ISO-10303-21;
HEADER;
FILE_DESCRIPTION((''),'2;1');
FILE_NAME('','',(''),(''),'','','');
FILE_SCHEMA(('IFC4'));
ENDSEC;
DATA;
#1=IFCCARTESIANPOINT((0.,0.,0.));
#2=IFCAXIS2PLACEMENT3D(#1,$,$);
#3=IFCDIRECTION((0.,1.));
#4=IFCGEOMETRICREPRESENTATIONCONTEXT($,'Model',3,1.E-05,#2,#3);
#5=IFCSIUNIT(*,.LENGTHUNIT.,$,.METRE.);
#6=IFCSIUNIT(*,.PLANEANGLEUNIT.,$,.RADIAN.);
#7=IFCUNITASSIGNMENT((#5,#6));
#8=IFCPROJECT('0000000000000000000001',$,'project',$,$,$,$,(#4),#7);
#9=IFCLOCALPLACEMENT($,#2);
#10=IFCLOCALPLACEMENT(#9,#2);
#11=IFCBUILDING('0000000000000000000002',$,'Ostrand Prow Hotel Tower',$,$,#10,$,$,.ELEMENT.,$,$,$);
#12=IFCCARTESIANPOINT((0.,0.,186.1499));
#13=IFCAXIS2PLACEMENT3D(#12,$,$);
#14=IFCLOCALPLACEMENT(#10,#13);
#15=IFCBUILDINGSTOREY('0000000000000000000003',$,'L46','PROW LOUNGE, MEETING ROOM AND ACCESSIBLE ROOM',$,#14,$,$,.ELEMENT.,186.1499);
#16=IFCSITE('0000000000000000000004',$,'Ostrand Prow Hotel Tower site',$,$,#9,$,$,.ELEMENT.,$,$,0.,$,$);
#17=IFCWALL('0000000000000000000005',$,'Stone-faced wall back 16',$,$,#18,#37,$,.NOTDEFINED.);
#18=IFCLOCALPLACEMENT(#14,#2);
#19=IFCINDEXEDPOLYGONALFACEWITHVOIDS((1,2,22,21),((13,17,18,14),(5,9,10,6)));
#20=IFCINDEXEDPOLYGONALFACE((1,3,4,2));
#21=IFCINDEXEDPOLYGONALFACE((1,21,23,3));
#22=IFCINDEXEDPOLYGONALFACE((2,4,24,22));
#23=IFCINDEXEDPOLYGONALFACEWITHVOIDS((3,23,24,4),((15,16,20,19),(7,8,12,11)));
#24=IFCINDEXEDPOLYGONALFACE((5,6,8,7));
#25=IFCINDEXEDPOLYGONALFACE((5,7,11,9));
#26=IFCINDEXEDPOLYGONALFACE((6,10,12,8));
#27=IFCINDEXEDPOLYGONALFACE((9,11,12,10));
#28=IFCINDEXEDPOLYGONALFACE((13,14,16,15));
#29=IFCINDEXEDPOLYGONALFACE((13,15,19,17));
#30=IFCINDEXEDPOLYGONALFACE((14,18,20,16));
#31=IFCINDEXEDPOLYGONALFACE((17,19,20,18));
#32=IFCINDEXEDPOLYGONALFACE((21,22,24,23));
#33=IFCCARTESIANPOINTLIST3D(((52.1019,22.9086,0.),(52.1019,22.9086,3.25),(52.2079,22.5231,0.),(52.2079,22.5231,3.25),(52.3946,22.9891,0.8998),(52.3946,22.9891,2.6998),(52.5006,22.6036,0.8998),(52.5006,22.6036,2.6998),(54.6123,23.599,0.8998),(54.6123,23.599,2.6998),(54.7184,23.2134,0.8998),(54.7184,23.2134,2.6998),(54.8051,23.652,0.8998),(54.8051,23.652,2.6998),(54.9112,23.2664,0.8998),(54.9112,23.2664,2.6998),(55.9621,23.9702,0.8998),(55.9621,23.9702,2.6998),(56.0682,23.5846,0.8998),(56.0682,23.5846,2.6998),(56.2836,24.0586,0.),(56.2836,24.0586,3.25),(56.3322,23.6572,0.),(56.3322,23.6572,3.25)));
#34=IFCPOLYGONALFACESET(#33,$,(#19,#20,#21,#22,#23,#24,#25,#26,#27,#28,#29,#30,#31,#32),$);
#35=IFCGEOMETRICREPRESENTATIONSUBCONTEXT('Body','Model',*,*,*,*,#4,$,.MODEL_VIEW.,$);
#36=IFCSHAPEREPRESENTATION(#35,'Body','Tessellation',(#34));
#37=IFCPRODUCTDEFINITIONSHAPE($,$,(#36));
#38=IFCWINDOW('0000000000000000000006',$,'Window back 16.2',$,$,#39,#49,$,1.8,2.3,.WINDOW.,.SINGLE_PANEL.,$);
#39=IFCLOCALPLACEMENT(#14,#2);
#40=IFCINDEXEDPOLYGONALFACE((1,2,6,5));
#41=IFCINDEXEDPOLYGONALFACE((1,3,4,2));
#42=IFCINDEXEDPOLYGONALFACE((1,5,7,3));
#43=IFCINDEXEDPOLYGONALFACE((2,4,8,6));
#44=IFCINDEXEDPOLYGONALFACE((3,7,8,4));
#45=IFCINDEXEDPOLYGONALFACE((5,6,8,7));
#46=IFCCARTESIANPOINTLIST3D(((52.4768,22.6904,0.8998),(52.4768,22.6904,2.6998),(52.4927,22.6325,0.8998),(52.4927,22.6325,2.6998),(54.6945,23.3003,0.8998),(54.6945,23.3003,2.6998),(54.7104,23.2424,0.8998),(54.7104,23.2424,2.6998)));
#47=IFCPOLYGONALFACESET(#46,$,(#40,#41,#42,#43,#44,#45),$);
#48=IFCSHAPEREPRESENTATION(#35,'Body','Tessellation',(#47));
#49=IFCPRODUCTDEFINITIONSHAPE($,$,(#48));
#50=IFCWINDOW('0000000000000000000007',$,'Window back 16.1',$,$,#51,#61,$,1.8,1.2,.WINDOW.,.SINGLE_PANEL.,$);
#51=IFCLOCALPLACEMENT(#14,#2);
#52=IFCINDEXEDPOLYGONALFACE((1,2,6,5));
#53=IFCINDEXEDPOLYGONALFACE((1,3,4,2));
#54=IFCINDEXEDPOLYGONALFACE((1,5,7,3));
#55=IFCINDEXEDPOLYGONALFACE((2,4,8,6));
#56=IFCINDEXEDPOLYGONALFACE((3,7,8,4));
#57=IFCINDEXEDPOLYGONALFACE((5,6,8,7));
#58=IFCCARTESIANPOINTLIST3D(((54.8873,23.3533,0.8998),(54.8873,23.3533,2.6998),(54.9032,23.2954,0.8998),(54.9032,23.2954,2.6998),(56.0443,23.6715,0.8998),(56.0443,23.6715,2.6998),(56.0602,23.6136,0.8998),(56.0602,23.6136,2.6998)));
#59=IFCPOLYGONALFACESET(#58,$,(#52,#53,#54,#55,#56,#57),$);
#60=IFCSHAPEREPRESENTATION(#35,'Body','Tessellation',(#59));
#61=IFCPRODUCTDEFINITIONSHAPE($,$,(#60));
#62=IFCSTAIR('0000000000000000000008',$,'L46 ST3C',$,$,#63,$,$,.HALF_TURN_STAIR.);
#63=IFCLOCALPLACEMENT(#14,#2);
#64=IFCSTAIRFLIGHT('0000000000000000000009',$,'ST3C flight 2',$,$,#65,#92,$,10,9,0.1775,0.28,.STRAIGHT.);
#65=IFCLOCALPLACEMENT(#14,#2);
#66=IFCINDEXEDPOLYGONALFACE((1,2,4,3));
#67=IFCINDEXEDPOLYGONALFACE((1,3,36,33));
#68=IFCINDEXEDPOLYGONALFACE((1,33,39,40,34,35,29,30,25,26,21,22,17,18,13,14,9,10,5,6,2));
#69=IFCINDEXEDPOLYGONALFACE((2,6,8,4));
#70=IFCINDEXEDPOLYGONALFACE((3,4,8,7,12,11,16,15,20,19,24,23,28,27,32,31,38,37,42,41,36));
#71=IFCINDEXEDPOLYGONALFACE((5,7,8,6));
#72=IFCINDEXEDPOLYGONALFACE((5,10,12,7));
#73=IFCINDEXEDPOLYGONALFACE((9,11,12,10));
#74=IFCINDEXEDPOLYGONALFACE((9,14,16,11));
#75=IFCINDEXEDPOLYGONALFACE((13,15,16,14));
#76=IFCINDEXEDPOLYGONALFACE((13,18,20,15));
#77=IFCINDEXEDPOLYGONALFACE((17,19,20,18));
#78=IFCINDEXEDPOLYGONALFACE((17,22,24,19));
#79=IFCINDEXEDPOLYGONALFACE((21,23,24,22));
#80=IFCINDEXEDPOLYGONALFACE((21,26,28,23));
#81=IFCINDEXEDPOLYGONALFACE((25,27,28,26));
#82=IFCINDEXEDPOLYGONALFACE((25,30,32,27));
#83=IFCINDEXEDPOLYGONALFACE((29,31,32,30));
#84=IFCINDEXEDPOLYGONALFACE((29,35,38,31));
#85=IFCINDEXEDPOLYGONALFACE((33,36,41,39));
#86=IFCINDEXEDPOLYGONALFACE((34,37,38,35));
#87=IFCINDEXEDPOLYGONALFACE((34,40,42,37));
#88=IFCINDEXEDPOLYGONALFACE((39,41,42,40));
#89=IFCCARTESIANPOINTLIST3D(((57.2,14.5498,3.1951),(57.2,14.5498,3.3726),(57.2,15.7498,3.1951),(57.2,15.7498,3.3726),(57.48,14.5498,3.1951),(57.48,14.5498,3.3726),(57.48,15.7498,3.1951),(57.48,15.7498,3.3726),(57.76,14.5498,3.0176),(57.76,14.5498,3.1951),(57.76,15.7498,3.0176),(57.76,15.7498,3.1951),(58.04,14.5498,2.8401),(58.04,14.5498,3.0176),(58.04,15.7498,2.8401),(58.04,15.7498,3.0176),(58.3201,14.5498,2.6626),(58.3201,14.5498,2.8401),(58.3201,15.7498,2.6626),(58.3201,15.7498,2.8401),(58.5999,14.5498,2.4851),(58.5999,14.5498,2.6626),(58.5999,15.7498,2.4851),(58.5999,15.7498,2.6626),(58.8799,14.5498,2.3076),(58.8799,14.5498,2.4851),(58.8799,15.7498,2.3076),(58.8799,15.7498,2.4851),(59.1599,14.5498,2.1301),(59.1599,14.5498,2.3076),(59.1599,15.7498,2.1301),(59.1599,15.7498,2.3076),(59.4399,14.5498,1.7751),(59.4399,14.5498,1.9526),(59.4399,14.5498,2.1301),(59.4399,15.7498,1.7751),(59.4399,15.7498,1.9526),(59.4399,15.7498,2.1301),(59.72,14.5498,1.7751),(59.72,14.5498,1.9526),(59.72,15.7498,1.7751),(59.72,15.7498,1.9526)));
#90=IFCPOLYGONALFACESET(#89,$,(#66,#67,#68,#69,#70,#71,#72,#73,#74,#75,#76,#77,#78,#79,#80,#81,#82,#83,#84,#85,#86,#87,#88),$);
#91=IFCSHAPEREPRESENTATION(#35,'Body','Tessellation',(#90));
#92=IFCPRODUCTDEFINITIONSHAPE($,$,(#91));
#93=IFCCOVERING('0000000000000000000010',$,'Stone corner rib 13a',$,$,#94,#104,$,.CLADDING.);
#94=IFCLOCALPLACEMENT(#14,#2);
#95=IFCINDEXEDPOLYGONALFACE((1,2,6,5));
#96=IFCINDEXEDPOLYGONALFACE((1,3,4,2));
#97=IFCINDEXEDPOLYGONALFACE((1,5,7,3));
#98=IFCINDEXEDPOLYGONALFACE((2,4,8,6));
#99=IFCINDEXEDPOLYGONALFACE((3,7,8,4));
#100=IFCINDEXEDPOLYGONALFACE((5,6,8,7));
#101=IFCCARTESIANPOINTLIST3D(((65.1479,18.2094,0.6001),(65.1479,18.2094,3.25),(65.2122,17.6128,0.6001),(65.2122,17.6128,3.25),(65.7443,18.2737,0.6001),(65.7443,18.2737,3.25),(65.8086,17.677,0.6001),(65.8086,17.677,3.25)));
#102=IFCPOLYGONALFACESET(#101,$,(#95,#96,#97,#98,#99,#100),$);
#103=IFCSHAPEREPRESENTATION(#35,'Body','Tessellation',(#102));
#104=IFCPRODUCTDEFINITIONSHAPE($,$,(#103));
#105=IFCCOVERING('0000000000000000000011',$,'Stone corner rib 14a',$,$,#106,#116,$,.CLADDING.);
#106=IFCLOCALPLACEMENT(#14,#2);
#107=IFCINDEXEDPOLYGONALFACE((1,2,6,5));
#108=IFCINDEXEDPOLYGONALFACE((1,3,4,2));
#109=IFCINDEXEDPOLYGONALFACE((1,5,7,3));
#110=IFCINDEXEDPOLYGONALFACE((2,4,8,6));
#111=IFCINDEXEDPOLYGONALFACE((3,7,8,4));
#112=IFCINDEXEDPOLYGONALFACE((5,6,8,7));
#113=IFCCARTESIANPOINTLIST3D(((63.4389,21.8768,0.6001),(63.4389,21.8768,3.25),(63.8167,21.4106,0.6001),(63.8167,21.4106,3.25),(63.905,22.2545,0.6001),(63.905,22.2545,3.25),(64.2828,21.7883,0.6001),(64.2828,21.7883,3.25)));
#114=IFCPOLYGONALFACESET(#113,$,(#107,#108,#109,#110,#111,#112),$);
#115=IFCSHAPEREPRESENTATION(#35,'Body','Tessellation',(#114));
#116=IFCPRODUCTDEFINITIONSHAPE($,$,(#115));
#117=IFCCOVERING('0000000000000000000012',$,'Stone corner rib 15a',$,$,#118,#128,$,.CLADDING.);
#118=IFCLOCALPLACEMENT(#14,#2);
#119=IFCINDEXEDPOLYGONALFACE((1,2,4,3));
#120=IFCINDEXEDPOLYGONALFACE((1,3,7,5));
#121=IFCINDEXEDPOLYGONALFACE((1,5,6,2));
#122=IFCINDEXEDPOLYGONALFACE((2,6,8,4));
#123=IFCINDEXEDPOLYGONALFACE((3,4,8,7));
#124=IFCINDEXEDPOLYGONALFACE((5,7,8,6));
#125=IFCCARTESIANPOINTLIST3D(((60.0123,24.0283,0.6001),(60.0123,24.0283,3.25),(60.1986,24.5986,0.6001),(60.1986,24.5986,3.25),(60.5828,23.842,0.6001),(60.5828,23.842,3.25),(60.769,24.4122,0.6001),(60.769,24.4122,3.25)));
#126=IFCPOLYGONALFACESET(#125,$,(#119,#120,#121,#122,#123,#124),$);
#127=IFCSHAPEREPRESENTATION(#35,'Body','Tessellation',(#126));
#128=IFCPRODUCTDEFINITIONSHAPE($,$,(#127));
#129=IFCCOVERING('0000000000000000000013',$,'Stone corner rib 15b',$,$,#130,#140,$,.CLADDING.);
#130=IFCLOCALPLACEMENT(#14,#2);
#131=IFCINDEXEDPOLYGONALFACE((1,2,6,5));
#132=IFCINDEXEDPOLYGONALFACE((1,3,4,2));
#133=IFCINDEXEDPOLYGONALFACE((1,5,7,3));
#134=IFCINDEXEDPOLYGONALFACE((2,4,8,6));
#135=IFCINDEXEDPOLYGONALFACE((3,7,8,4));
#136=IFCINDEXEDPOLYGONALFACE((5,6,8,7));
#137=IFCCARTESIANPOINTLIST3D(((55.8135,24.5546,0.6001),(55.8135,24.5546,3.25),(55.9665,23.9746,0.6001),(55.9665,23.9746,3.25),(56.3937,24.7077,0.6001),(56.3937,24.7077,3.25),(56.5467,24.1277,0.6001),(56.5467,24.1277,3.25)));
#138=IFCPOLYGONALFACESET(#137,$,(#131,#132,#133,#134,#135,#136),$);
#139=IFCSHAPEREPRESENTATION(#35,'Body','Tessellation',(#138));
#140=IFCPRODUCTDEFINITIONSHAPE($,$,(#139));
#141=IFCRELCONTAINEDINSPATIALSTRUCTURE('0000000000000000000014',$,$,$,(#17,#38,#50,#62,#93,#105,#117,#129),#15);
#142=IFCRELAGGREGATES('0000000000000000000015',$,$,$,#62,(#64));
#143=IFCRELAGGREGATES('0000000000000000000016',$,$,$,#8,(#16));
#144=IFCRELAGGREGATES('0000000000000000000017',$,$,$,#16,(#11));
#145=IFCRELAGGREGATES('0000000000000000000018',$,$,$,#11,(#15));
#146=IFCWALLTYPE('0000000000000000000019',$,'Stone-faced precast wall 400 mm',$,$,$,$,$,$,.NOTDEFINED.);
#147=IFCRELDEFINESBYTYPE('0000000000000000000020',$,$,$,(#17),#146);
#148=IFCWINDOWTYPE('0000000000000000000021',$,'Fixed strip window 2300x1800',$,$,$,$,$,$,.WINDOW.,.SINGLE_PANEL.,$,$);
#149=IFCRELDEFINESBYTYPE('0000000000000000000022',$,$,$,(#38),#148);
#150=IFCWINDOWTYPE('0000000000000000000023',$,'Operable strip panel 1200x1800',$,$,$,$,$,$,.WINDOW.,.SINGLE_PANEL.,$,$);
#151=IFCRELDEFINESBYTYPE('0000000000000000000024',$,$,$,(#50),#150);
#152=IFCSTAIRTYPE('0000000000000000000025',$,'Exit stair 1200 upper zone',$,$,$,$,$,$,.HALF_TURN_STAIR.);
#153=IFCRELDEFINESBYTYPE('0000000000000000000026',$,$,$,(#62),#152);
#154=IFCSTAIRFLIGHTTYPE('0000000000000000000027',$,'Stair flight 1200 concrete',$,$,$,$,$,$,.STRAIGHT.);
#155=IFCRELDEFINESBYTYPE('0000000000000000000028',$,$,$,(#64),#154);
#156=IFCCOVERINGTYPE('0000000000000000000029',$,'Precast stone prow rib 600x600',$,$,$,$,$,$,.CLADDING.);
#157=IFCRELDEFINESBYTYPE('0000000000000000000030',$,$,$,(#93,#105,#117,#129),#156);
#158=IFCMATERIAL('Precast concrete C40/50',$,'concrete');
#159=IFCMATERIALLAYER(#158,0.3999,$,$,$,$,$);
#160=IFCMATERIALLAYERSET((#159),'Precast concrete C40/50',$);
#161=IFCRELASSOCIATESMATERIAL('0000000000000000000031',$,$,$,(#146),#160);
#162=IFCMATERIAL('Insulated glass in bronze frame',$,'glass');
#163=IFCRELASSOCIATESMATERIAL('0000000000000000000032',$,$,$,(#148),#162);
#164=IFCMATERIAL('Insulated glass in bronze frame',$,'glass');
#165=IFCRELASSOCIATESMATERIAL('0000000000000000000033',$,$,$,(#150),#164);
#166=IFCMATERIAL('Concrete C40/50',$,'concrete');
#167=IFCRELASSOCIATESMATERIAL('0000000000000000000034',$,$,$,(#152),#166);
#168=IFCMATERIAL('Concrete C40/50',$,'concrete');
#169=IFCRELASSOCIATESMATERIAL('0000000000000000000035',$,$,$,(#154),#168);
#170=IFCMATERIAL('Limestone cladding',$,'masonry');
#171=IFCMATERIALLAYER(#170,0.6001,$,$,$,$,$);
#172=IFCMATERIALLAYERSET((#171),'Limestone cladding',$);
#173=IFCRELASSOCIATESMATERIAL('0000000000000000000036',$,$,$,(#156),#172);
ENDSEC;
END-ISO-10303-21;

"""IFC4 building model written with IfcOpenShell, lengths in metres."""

from ifc_helpers import new_model, si_unit, direction, frame, frame_2d, origin, place, context, subcontext, project, spatial, polyline, rectangle, outline, extrude, material, layer, layer_set, type_object, element, fill, aggregate, save


model = new_model("IFC4")

# Units and contexts
model_context = context("Model", 3, precision=1e-05, world=origin(), true_north=direction((0.0, 1.0)))
body_context = subcontext(model_context, "Body", "Model", "MODEL_VIEW")
ifc_project = project(units=[si_unit("LENGTHUNIT", "METRE"), si_unit("PLANEANGLEUNIT", "RADIAN")], contexts=[model_context])

# Site, building, storey
site_placement = place(None, origin())
site = spatial("IfcSite", under=ifc_project, at=site_placement, Name="Ostrand Prow Hotel Tower site", CompositionType="ELEMENT", RefElevation=0.0)
building_placement = place(site_placement, origin())
building = spatial("IfcBuilding", under=site, at=building_placement, Name="Ostrand Prow Hotel Tower", CompositionType="ELEMENT")
storey_placement = place(building_placement, frame((0.0, 0.0, 186.1499)))
storey = spatial("IfcBuildingStorey", under=building, at=storey_placement, Name="L46", Description="PROW LOUNGE, MEETING ROOM AND ACCESSIBLE ROOM", CompositionType="ELEMENT", Elevation=186.1499)

# Shared definitions
ifc_material_1 = material(Name="Precast concrete C40/50", Category="concrete")
ifc_layer_1 = layer(ifc_material_1, 0.3999)
ifc_layer_set_1 = layer_set([ifc_layer_1], Name="Precast concrete C40/50")
wall_type_1 = type_object("IfcWallType", Name="Stone-faced precast wall 400 mm", PredefinedType="NOTDEFINED", material=ifc_layer_set_1)

# Wall, openings, windows
wall_1_placement = place(storey_placement, frame((56.3079, 23.8579, 0.0), z_axis=(0.0, 0.0, 1.0), x_axis=(-0.964206, -0.265155, 0.0)))
wall_1 = element("IfcWall", 1, at=wall_1_placement, inside=storey, type_object=wall_type_1, Name="Stone-faced wall back 16", PredefinedType="NOTDEFINED", context=body_context, shape_type="SweptSolid", body=[
    extrude(outline(polyline([(-0.0298, -0.2), (4.3071, -0.2), (4.3071, 0.2), (0.0298, 0.2), (-0.0298, -0.2)])), origin(), (0.0, 0.0, 1.0), 3.25),
])
opening_1_placement = place(wall_1_placement, frame((0.3035, 0.0, 0.8999)))
opening_1 = element("IfcOpeningElement", 2, at=opening_1_placement, cuts=wall_1, PredefinedType="OPENING", context=body_context, shape_type="SweptSolid", body=[
    extrude(rectangle(XDim=1.2, YDim=1.8, at=frame_2d((0.6001, 0.8999))), frame((0.0, 0.21, 0.0), z_axis=(0.0, -1.0, 0.0), x_axis=(1.0, 0.0, 0.0)), (0.0, 0.0, 1.0), 0.4199),
])
opening_2_placement = place(wall_1_placement, frame((1.7036, 0.0, 0.8999)))
opening_2 = element("IfcOpeningElement", 3, at=opening_2_placement, cuts=wall_1, PredefinedType="OPENING", context=body_context, shape_type="SweptSolid", body=[
    extrude(rectangle(XDim=2.3, YDim=1.8, at=frame_2d((1.1499, 0.8999))), frame((0.0, 0.21, 0.0), z_axis=(0.0, -1.0, 0.0), x_axis=(1.0, 0.0, 0.0)), (0.0, 0.0, 1.0), 0.4199),
])
ifc_material_2 = material(Name="Insulated glass in bronze frame", Category="glass")
window_type_1 = type_object("IfcWindowType", Name="Fixed strip window 2300x1800", PartitioningType="SINGLE_PANEL", PredefinedType="WINDOW", material=ifc_material_2)
window_1_placement = place(opening_2_placement, origin())
window_1 = element("IfcWindow", 4, at=window_1_placement, inside=storey, type_object=window_type_1, Name="Window back 16.2", OverallHeight=1.8, OverallWidth=2.3, PartitioningType="SINGLE_PANEL", PredefinedType="WINDOW", context=body_context, shape_type="SweptSolid", body=[
    extrude(rectangle(XDim=2.3, YDim=1.8, at=frame_2d((1.1499, 0.8999))), frame((0.0, 0.1699, 0.0), z_axis=(0.0, -1.0, 0.0), x_axis=(1.0, 0.0, 0.0)), (0.0, 0.0, 1.0), 0.0601),
])
fill(opening_2, window_1)
ifc_material_3 = material(Name="Insulated glass in bronze frame", Category="glass")
window_type_2 = type_object("IfcWindowType", Name="Operable strip panel 1200x1800", PartitioningType="SINGLE_PANEL", PredefinedType="WINDOW", material=ifc_material_3)
window_2_placement = place(opening_1_placement, origin())
window_2 = element("IfcWindow", 5, at=window_2_placement, inside=storey, type_object=window_type_2, Name="Window back 16.1", OverallHeight=1.8, OverallWidth=1.2, PartitioningType="SINGLE_PANEL", PredefinedType="WINDOW", context=body_context, shape_type="SweptSolid", body=[
    extrude(rectangle(XDim=1.2, YDim=1.8, at=frame_2d((0.6001, 0.8999))), frame((0.0, 0.1699, 0.0), z_axis=(0.0, -1.0, 0.0), x_axis=(1.0, 0.0, 0.0)), (0.0, 0.0, 1.0), 0.0601),
])
fill(opening_1, window_2)

# Stair, stair flight
ifc_material_4 = material(Name="Concrete C40/50", Category="concrete")
stair_type = type_object("IfcStairType", Name="Exit stair 1200 upper zone", PredefinedType="HALF_TURN_STAIR", material=ifc_material_4)
stair_placement = place(storey_placement, origin())
stair = element("IfcStair", 6, at=stair_placement, inside=storey, type_object=stair_type, Name="L46 ST3C", PredefinedType="HALF_TURN_STAIR")
ifc_material_5 = material(Name="Concrete C40/50", Category="concrete")
stair_flight_type = type_object("IfcStairFlightType", Name="Stair flight 1200 concrete", PredefinedType="STRAIGHT", material=ifc_material_5)
stair_flight_placement = place(storey_placement, frame((59.72, 15.1499, 1.7751), z_axis=(0.0, 0.0, 1.0), x_axis=(-1.0, 0.0, 0.0)))
stair_flight = element("IfcStairFlight", 7, at=stair_flight_placement, type_object=stair_flight_type, Name="ST3C flight 2", NumberOfRisers=10, NumberOfTreads=9, PredefinedType="STRAIGHT", RiserHeight=0.1775, TreadLength=0.28, context=body_context, shape_type="SweptSolid", body=[
    extrude(outline(polyline([(0.0, 0.0), (0.0, 0.1775), (0.28, 0.1775), (0.28, 0.355), (0.5601, 0.355), (0.5601, 0.5325), (0.8401, 0.5325), (0.8401, 0.71), (1.1201, 0.71), (1.1201, 0.8875), (1.3999, 0.8875), (1.3999, 1.0649), (1.6799, 1.0649), (1.6799, 1.2424), (1.96, 1.2424), (1.96, 1.4199), (2.24, 1.4199), (2.24, 1.5974), (2.52, 1.5974), (2.52, 1.7749), (2.52, 1.4199), (0.28, 0.0), (0.0, 0.0)])), frame((0.0, 0.6001, 0.0), z_axis=(0.0, -1.0, 0.0), x_axis=(1.0, 0.0, 0.0)), (0.0, 0.0, 1.0), 1.2),
])
aggregate(stair, [stair_flight])

# Coverings
ifc_material_6 = material(Name="Limestone cladding", Category="masonry")
ifc_layer_2 = layer(ifc_material_6, 0.6001)
ifc_layer_set_2 = layer_set([ifc_layer_2], Name="Limestone cladding")
covering_type = type_object("IfcCoveringType", Name="Precast stone prow rib 600x600", PredefinedType="CLADDING", material=ifc_layer_set_2)
for number, where, z_axis, x_axis, name in (
    (8, (65.1802, 17.9111, 0.6001), (0.0, 0.0, 1.0), (0.994255, 0.107036, 0.0), "Stone corner rib 13a"),
    (9, (63.6279, 21.6438, 0.6001), (0.0, 0.0, 1.0), (0.776923, 0.629596, 0.0), "Stone corner rib 14a"),
    (10, (60.2976, 23.9353, 0.6001), (0.0, 0.0, 1.0), (0.310484, 0.950578, 0.0), "Stone corner rib 15a"),
    (11, (56.2566, 24.0513, 0.6001), (0.0, 0.0, 1.0), (-0.255154, 0.9669, 0.0), "Stone corner rib 15b"),
):
    element("IfcCovering", number, at=place(storey_placement, frame(where, z_axis=z_axis, x_axis=x_axis)), inside=storey, type_object=covering_type, Name=name, PredefinedType="CLADDING", context=body_context, shape_type="SweptSolid", body=[
        extrude(rectangle(XDim=0.5999, YDim=0.6001, at=frame_2d((0.2998, 0.0))), origin(), (0.0, 0.0, 1.0), 2.6499),
    ])

save(model, "model.ifc")
